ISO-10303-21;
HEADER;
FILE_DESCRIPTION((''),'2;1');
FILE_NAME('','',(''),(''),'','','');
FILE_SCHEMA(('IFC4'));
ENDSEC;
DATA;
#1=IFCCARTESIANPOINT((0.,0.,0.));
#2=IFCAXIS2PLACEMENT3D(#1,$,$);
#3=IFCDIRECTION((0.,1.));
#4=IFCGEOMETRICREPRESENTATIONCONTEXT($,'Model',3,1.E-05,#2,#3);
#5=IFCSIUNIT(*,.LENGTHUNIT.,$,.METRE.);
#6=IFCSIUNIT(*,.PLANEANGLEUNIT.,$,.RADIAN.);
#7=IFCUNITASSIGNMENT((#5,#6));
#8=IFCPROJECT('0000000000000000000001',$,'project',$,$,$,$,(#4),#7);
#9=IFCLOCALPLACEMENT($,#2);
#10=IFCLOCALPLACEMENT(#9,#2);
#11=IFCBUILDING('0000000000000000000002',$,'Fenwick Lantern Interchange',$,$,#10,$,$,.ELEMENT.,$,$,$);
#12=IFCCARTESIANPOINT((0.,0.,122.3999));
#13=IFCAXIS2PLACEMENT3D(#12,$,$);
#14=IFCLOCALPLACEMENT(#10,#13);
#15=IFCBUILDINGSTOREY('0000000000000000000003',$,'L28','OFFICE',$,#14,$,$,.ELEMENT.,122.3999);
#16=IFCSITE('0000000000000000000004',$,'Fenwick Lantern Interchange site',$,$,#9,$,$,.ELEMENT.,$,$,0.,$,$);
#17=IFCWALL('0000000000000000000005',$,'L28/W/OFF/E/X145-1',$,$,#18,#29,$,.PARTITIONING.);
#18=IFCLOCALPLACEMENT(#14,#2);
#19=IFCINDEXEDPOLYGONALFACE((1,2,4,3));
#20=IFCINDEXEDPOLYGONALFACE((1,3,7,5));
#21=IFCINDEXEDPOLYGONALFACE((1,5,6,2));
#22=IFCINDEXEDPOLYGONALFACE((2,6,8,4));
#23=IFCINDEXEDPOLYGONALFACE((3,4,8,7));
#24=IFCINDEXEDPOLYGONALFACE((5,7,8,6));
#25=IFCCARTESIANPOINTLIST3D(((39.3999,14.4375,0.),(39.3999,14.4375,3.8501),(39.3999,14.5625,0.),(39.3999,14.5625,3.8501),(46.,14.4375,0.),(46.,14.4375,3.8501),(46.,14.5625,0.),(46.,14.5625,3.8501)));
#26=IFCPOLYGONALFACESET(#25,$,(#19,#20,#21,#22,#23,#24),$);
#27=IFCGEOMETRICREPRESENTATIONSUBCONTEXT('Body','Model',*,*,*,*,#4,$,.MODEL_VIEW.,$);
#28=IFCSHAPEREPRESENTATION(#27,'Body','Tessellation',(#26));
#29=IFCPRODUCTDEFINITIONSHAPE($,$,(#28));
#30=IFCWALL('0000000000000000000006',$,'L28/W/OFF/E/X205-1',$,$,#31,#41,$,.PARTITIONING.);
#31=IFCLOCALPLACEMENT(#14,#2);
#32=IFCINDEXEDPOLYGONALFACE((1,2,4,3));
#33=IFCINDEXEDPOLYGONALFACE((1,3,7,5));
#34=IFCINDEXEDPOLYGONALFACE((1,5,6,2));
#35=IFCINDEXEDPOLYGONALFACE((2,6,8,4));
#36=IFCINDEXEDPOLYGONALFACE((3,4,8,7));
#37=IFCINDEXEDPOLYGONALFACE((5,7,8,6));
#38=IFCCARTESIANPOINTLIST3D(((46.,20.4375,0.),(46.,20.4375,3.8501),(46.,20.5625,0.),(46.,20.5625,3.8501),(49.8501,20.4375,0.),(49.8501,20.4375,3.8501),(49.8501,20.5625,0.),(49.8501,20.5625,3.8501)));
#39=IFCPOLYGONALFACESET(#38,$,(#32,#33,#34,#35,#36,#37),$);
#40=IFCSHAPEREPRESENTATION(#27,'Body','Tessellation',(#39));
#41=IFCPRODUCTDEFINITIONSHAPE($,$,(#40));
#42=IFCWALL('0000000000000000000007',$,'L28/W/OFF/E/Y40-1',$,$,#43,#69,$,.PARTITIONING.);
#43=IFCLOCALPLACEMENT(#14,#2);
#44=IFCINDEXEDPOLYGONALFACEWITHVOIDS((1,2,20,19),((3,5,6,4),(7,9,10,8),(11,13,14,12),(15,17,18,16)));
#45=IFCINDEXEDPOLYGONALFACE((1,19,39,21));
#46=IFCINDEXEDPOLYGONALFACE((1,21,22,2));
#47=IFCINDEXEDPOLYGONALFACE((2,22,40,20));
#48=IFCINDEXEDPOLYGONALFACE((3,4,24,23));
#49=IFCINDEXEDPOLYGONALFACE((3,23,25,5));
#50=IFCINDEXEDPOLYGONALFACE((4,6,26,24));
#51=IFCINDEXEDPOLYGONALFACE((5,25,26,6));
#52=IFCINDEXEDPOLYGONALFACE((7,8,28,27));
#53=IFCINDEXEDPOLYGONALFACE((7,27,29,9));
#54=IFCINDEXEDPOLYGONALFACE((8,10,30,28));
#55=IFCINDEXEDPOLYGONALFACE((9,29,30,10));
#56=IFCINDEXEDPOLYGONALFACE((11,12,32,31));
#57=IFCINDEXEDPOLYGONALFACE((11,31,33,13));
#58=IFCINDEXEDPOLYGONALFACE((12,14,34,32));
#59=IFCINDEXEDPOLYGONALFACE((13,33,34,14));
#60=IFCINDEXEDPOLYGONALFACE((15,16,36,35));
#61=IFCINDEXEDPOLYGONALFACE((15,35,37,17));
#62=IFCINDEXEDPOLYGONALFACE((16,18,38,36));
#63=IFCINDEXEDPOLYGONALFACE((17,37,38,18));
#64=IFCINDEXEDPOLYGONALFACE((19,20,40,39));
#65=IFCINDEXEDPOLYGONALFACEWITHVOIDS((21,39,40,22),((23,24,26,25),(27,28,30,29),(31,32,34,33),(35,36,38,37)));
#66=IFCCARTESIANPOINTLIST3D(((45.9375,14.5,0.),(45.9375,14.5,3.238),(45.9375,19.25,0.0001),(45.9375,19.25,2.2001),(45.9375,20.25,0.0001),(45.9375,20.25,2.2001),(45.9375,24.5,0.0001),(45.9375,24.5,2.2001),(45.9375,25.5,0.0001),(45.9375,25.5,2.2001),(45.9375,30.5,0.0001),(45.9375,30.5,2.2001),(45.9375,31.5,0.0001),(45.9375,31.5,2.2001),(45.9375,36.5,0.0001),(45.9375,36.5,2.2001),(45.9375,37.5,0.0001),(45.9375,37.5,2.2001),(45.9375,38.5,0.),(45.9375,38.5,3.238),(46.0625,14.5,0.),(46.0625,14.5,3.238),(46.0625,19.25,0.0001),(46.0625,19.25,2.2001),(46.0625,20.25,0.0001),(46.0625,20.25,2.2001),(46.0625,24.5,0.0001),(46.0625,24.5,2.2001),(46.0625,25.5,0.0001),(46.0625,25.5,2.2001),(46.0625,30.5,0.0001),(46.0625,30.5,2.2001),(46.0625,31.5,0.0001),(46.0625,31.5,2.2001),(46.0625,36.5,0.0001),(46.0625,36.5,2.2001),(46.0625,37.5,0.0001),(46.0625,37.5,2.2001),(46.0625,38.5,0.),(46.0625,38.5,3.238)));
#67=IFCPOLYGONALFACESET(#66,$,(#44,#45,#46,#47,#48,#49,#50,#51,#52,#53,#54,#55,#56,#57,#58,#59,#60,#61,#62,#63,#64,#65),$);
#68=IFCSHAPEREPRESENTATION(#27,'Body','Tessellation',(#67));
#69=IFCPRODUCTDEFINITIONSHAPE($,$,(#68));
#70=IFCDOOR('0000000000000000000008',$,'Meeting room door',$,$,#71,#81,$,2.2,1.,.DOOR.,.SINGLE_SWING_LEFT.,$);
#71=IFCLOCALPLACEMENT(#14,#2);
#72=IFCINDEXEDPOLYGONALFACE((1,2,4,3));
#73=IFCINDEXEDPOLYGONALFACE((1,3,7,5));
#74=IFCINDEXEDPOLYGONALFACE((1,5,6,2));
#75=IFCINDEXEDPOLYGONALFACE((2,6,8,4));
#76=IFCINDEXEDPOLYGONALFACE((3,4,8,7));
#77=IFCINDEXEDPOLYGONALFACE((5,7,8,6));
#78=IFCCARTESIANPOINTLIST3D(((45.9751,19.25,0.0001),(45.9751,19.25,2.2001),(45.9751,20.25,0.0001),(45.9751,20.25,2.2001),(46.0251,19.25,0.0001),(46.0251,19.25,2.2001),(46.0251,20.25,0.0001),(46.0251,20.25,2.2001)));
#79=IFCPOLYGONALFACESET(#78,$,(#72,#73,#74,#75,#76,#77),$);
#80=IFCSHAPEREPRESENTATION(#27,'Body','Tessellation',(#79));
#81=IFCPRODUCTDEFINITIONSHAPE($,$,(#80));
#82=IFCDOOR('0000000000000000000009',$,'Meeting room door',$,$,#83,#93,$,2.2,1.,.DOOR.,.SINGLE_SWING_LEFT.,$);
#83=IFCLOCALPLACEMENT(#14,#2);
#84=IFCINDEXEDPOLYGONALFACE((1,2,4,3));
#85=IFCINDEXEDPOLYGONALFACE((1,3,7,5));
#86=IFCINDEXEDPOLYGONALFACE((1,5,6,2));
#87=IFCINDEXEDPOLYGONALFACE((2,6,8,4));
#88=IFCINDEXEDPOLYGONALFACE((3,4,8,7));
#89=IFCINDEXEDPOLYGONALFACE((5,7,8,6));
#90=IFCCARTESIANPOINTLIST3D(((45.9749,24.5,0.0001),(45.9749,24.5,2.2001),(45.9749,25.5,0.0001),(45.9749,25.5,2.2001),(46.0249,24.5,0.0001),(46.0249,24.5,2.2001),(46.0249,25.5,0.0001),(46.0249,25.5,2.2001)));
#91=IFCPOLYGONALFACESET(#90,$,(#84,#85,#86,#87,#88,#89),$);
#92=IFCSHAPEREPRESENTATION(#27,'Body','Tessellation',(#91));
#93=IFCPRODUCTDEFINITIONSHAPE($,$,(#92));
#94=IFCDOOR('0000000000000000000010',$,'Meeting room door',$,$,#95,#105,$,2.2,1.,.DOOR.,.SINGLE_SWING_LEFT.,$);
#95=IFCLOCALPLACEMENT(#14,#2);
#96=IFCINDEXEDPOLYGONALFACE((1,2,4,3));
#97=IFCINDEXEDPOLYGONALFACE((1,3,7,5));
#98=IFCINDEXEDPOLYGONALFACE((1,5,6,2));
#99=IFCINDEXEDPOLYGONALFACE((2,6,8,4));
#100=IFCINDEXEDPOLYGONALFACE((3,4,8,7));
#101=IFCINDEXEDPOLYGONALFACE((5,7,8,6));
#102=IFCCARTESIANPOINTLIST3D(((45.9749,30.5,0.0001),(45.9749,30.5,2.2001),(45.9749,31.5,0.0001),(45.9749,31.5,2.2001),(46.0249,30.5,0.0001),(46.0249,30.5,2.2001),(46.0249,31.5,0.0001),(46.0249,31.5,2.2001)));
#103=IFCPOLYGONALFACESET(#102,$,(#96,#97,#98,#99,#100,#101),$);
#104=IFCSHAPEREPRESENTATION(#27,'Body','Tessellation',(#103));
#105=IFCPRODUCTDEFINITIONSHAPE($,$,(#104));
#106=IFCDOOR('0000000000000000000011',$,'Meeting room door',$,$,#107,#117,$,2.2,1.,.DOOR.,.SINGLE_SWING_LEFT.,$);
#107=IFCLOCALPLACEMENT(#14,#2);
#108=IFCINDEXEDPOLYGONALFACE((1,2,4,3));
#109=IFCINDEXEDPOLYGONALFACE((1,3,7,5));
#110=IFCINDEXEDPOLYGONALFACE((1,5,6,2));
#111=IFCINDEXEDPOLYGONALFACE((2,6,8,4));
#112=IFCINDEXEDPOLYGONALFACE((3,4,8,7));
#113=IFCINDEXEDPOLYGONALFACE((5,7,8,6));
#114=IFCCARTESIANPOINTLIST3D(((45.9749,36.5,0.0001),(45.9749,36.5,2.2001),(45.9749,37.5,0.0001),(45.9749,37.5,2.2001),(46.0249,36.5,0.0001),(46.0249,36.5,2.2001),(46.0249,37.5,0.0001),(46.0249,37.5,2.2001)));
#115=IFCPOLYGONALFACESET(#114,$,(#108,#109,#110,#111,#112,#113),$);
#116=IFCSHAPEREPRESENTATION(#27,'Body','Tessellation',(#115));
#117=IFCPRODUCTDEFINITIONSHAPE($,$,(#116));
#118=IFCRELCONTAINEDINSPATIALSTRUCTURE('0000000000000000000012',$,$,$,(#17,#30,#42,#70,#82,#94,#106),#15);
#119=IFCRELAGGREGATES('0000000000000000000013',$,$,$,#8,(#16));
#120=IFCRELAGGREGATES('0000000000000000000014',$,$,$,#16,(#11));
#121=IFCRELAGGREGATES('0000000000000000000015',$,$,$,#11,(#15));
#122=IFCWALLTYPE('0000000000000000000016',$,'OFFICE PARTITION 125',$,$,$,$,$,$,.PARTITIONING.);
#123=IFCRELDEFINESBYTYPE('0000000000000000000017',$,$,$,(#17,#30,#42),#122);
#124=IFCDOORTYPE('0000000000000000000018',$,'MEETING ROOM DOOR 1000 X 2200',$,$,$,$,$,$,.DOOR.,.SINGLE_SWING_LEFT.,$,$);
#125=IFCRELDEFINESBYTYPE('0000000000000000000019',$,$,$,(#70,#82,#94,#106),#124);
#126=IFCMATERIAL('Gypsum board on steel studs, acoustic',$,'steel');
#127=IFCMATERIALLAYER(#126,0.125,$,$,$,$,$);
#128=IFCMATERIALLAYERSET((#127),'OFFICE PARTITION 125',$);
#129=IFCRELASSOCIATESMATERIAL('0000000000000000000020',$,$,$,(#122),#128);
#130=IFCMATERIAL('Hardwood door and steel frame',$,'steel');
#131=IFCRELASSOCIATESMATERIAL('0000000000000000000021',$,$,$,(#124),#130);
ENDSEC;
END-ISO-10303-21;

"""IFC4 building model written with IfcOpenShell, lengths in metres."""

from ifc_helpers import new_model, si_unit, direction, frame, frame_2d, origin, place, context, subcontext, project, spatial, rectangle, extrude, material, layer, layer_set, type_object, element, fill, save


model = new_model("IFC4")

# Units and contexts
model_context = context("Model", 3, precision=1e-05, world=origin(), true_north=direction((0.0, 1.0)))
body_context = subcontext(model_context, "Body", "Model", "MODEL_VIEW")
ifc_project = project(units=[si_unit("LENGTHUNIT", "METRE"), si_unit("PLANEANGLEUNIT", "RADIAN")], contexts=[model_context])

# Site, building, storey
site_placement = place(None, origin())
site = spatial("IfcSite", under=ifc_project, at=site_placement, Name="Fenwick Lantern Interchange site", CompositionType="ELEMENT", RefElevation=0.0)
building_placement = place(site_placement, origin())
building = spatial("IfcBuilding", under=site, at=building_placement, Name="Fenwick Lantern Interchange", CompositionType="ELEMENT")
storey_placement = place(building_placement, frame((0.0, 0.0, 122.3999)))
storey = spatial("IfcBuildingStorey", under=building, at=storey_placement, Name="L28", Description="OFFICE", CompositionType="ELEMENT", Elevation=122.3999)

# Walls
ifc_material_1 = material(Name="Gypsum board on steel studs, acoustic", Category="steel")
ifc_layer_1 = layer(ifc_material_1, 0.125)
ifc_layer_set_1 = layer_set([ifc_layer_1], Name="OFFICE PARTITION 125")
wall_type_1 = type_object("IfcWallType", Name="OFFICE PARTITION 125", PredefinedType="PARTITIONING", material=ifc_layer_set_1)
wall_1_placement = place(storey_placement, frame((46.0, 14.5, 0.0), z_axis=(0.0, 0.0, 1.0), x_axis=(-1.0, 0.0, 0.0)))
element("IfcWall", 1, at=wall_1_placement, inside=storey, type_object=wall_type_1, Name="L28/W/OFF/E/X145-1", PredefinedType="PARTITIONING", context=body_context, shape_type="SweptSolid", body=[
    extrude(rectangle(XDim=6.6001, YDim=0.125, at=frame_2d((3.3, 0.0))), origin(), (0.0, 0.0, 1.0), 3.8501),
])
wall_2_placement = place(storey_placement, frame((49.8501, 20.5, 0.0), z_axis=(0.0, 0.0, 1.0), x_axis=(-1.0, 0.0, 0.0)))
element("IfcWall", 2, at=wall_2_placement, inside=storey, type_object=wall_type_1, Name="L28/W/OFF/E/X205-1", PredefinedType="PARTITIONING", context=body_context, shape_type="SweptSolid", body=[
    extrude(rectangle(XDim=3.8501, YDim=0.125, at=frame_2d((1.925, 0.0))), origin(), (0.0, 0.0, 1.0), 3.8501),
])

# Wall, openings, doors
wall_3_placement = place(storey_placement, frame((46.0, 14.5, 0.0), z_axis=(0.0, 0.0, 1.0), x_axis=(0.0, 1.0, 0.0)))
wall_3 = element("IfcWall", 3, at=wall_3_placement, inside=storey, type_object=wall_type_1, Name="L28/W/OFF/E/Y40-1", PredefinedType="PARTITIONING", context=body_context, shape_type="SweptSolid", body=[
    extrude(rectangle(XDim=24.0, YDim=0.125, at=frame_2d((12.0, 0.0))), origin(), (0.0, 0.0, 1.0), 3.238),
])
opening_1_placement = place(wall_3_placement, frame((4.75, 0.0, 0.0)))
opening_1 = element("IfcOpeningElement", 4, at=opening_1_placement, cuts=wall_3, PredefinedType="OPENING", context=body_context, shape_type="SweptSolid", body=[
    extrude(rectangle(XDim=1.0, YDim=2.2, at=frame_2d((0.5, 1.1001))), frame((0.0, 0.0725, 0.0), z_axis=(0.0, -1.0, 0.0), x_axis=(1.0, 0.0, 0.0)), (0.0, 0.0, 1.0), 0.145),
])
opening_2_placement = place(wall_3_placement, frame((10.0, 0.0, 0.0)))
opening_2 = element("IfcOpeningElement", 5, at=opening_2_placement, cuts=wall_3, PredefinedType="OPENING", context=body_context, shape_type="SweptSolid", body=[
    extrude(rectangle(XDim=1.0, YDim=2.2, at=frame_2d((0.5, 1.1001))), frame((0.0, 0.0725, 0.0), z_axis=(0.0, -1.0, 0.0), x_axis=(1.0, 0.0, 0.0)), (0.0, 0.0, 1.0), 0.145),
])
opening_3_placement = place(wall_3_placement, frame((16.0, 0.0, 0.0)))
opening_3 = element("IfcOpeningElement", 6, at=opening_3_placement, cuts=wall_3, PredefinedType="OPENING", context=body_context, shape_type="SweptSolid", body=[
    extrude(rectangle(XDim=1.0, YDim=2.2, at=frame_2d((0.5, 1.1001))), frame((0.0, 0.0725, 0.0), z_axis=(0.0, -1.0, 0.0), x_axis=(1.0, 0.0, 0.0)), (0.0, 0.0, 1.0), 0.145),
])
opening_4_placement = place(wall_3_placement, frame((22.0, 0.0, 0.0)))
opening_4 = element("IfcOpeningElement", 7, at=opening_4_placement, cuts=wall_3, PredefinedType="OPENING", context=body_context, shape_type="SweptSolid", body=[
    extrude(rectangle(XDim=1.0, YDim=2.2, at=frame_2d((0.5, 1.1001))), frame((0.0, 0.0725, 0.0), z_axis=(0.0, -1.0, 0.0), x_axis=(1.0, 0.0, 0.0)), (0.0, 0.0, 1.0), 0.145),
])
ifc_material_2 = material(Name="Hardwood door and steel frame", Category="steel")
door_type = type_object("IfcDoorType", Name="MEETING ROOM DOOR 1000 X 2200", OperationType="SINGLE_SWING_LEFT", PredefinedType="DOOR", material=ifc_material_2)
door_1_placement = place(opening_1_placement, origin())
door_1 = element("IfcDoor", 8, at=door_1_placement, inside=storey, type_object=door_type, Name="Meeting room door", OperationType="SINGLE_SWING_LEFT", OverallHeight=2.2, OverallWidth=1.0, PredefinedType="DOOR", context=body_context, shape_type="SweptSolid", body=[
    extrude(rectangle(XDim=1.0, YDim=2.2, at=frame_2d((0.5, 1.1001))), frame((0.0, 0.0249, 0.0), z_axis=(0.0, -1.0, 0.0), x_axis=(1.0, 0.0, 0.0)), (0.0, 0.0, 1.0), 0.05),
])
fill(opening_1, door_1)
door_2_placement = place(opening_2_placement, frame((1.0, 0.0, 0.0), z_axis=(0.0, 0.0, 1.0), x_axis=(-1.0, 0.0, 0.0)))
door_2 = element("IfcDoor", 9, at=door_2_placement, inside=storey, type_object=door_type, Name="Meeting room door", OperationType="SINGLE_SWING_LEFT", OverallHeight=2.2, OverallWidth=1.0, PredefinedType="DOOR", context=body_context, shape_type="SweptSolid", body=[
    extrude(rectangle(XDim=1.0, YDim=2.2, at=frame_2d((0.5, 1.1001))), frame((0.0, 0.0249, 0.0), z_axis=(0.0, -1.0, 0.0), x_axis=(1.0, 0.0, 0.0)), (0.0, 0.0, 1.0), 0.05),
])
fill(opening_2, door_2)
door_3_placement = place(opening_3_placement, frame((1.0, 0.0, 0.0), z_axis=(0.0, 0.0, 1.0), x_axis=(-1.0, 0.0, 0.0)))
door_3 = element("IfcDoor", 10, at=door_3_placement, inside=storey, type_object=door_type, Name="Meeting room door", OperationType="SINGLE_SWING_LEFT", OverallHeight=2.2, OverallWidth=1.0, PredefinedType="DOOR", context=body_context, shape_type="SweptSolid", body=[
    extrude(rectangle(XDim=1.0, YDim=2.2, at=frame_2d((0.5, 1.1001))), frame((0.0, 0.0249, 0.0), z_axis=(0.0, -1.0, 0.0), x_axis=(1.0, 0.0, 0.0)), (0.0, 0.0, 1.0), 0.05),
])
fill(opening_3, door_3)
door_4_placement = place(opening_4_placement, frame((1.0, 0.0, 0.0), z_axis=(0.0, 0.0, 1.0), x_axis=(-1.0, 0.0, 0.0)))
door_4 = element("IfcDoor", 11, at=door_4_placement, inside=storey, type_object=door_type, Name="Meeting room door", OperationType="SINGLE_SWING_LEFT", OverallHeight=2.2, OverallWidth=1.0, PredefinedType="DOOR", context=body_context, shape_type="SweptSolid", body=[
    extrude(rectangle(XDim=1.0, YDim=2.2, at=frame_2d((0.5, 1.1001))), frame((0.0, 0.0249, 0.0), z_axis=(0.0, -1.0, 0.0), x_axis=(1.0, 0.0, 0.0)), (0.0, 0.0, 1.0), 0.05),
])
fill(opening_4, door_4)

save(model, "model.ifc")
